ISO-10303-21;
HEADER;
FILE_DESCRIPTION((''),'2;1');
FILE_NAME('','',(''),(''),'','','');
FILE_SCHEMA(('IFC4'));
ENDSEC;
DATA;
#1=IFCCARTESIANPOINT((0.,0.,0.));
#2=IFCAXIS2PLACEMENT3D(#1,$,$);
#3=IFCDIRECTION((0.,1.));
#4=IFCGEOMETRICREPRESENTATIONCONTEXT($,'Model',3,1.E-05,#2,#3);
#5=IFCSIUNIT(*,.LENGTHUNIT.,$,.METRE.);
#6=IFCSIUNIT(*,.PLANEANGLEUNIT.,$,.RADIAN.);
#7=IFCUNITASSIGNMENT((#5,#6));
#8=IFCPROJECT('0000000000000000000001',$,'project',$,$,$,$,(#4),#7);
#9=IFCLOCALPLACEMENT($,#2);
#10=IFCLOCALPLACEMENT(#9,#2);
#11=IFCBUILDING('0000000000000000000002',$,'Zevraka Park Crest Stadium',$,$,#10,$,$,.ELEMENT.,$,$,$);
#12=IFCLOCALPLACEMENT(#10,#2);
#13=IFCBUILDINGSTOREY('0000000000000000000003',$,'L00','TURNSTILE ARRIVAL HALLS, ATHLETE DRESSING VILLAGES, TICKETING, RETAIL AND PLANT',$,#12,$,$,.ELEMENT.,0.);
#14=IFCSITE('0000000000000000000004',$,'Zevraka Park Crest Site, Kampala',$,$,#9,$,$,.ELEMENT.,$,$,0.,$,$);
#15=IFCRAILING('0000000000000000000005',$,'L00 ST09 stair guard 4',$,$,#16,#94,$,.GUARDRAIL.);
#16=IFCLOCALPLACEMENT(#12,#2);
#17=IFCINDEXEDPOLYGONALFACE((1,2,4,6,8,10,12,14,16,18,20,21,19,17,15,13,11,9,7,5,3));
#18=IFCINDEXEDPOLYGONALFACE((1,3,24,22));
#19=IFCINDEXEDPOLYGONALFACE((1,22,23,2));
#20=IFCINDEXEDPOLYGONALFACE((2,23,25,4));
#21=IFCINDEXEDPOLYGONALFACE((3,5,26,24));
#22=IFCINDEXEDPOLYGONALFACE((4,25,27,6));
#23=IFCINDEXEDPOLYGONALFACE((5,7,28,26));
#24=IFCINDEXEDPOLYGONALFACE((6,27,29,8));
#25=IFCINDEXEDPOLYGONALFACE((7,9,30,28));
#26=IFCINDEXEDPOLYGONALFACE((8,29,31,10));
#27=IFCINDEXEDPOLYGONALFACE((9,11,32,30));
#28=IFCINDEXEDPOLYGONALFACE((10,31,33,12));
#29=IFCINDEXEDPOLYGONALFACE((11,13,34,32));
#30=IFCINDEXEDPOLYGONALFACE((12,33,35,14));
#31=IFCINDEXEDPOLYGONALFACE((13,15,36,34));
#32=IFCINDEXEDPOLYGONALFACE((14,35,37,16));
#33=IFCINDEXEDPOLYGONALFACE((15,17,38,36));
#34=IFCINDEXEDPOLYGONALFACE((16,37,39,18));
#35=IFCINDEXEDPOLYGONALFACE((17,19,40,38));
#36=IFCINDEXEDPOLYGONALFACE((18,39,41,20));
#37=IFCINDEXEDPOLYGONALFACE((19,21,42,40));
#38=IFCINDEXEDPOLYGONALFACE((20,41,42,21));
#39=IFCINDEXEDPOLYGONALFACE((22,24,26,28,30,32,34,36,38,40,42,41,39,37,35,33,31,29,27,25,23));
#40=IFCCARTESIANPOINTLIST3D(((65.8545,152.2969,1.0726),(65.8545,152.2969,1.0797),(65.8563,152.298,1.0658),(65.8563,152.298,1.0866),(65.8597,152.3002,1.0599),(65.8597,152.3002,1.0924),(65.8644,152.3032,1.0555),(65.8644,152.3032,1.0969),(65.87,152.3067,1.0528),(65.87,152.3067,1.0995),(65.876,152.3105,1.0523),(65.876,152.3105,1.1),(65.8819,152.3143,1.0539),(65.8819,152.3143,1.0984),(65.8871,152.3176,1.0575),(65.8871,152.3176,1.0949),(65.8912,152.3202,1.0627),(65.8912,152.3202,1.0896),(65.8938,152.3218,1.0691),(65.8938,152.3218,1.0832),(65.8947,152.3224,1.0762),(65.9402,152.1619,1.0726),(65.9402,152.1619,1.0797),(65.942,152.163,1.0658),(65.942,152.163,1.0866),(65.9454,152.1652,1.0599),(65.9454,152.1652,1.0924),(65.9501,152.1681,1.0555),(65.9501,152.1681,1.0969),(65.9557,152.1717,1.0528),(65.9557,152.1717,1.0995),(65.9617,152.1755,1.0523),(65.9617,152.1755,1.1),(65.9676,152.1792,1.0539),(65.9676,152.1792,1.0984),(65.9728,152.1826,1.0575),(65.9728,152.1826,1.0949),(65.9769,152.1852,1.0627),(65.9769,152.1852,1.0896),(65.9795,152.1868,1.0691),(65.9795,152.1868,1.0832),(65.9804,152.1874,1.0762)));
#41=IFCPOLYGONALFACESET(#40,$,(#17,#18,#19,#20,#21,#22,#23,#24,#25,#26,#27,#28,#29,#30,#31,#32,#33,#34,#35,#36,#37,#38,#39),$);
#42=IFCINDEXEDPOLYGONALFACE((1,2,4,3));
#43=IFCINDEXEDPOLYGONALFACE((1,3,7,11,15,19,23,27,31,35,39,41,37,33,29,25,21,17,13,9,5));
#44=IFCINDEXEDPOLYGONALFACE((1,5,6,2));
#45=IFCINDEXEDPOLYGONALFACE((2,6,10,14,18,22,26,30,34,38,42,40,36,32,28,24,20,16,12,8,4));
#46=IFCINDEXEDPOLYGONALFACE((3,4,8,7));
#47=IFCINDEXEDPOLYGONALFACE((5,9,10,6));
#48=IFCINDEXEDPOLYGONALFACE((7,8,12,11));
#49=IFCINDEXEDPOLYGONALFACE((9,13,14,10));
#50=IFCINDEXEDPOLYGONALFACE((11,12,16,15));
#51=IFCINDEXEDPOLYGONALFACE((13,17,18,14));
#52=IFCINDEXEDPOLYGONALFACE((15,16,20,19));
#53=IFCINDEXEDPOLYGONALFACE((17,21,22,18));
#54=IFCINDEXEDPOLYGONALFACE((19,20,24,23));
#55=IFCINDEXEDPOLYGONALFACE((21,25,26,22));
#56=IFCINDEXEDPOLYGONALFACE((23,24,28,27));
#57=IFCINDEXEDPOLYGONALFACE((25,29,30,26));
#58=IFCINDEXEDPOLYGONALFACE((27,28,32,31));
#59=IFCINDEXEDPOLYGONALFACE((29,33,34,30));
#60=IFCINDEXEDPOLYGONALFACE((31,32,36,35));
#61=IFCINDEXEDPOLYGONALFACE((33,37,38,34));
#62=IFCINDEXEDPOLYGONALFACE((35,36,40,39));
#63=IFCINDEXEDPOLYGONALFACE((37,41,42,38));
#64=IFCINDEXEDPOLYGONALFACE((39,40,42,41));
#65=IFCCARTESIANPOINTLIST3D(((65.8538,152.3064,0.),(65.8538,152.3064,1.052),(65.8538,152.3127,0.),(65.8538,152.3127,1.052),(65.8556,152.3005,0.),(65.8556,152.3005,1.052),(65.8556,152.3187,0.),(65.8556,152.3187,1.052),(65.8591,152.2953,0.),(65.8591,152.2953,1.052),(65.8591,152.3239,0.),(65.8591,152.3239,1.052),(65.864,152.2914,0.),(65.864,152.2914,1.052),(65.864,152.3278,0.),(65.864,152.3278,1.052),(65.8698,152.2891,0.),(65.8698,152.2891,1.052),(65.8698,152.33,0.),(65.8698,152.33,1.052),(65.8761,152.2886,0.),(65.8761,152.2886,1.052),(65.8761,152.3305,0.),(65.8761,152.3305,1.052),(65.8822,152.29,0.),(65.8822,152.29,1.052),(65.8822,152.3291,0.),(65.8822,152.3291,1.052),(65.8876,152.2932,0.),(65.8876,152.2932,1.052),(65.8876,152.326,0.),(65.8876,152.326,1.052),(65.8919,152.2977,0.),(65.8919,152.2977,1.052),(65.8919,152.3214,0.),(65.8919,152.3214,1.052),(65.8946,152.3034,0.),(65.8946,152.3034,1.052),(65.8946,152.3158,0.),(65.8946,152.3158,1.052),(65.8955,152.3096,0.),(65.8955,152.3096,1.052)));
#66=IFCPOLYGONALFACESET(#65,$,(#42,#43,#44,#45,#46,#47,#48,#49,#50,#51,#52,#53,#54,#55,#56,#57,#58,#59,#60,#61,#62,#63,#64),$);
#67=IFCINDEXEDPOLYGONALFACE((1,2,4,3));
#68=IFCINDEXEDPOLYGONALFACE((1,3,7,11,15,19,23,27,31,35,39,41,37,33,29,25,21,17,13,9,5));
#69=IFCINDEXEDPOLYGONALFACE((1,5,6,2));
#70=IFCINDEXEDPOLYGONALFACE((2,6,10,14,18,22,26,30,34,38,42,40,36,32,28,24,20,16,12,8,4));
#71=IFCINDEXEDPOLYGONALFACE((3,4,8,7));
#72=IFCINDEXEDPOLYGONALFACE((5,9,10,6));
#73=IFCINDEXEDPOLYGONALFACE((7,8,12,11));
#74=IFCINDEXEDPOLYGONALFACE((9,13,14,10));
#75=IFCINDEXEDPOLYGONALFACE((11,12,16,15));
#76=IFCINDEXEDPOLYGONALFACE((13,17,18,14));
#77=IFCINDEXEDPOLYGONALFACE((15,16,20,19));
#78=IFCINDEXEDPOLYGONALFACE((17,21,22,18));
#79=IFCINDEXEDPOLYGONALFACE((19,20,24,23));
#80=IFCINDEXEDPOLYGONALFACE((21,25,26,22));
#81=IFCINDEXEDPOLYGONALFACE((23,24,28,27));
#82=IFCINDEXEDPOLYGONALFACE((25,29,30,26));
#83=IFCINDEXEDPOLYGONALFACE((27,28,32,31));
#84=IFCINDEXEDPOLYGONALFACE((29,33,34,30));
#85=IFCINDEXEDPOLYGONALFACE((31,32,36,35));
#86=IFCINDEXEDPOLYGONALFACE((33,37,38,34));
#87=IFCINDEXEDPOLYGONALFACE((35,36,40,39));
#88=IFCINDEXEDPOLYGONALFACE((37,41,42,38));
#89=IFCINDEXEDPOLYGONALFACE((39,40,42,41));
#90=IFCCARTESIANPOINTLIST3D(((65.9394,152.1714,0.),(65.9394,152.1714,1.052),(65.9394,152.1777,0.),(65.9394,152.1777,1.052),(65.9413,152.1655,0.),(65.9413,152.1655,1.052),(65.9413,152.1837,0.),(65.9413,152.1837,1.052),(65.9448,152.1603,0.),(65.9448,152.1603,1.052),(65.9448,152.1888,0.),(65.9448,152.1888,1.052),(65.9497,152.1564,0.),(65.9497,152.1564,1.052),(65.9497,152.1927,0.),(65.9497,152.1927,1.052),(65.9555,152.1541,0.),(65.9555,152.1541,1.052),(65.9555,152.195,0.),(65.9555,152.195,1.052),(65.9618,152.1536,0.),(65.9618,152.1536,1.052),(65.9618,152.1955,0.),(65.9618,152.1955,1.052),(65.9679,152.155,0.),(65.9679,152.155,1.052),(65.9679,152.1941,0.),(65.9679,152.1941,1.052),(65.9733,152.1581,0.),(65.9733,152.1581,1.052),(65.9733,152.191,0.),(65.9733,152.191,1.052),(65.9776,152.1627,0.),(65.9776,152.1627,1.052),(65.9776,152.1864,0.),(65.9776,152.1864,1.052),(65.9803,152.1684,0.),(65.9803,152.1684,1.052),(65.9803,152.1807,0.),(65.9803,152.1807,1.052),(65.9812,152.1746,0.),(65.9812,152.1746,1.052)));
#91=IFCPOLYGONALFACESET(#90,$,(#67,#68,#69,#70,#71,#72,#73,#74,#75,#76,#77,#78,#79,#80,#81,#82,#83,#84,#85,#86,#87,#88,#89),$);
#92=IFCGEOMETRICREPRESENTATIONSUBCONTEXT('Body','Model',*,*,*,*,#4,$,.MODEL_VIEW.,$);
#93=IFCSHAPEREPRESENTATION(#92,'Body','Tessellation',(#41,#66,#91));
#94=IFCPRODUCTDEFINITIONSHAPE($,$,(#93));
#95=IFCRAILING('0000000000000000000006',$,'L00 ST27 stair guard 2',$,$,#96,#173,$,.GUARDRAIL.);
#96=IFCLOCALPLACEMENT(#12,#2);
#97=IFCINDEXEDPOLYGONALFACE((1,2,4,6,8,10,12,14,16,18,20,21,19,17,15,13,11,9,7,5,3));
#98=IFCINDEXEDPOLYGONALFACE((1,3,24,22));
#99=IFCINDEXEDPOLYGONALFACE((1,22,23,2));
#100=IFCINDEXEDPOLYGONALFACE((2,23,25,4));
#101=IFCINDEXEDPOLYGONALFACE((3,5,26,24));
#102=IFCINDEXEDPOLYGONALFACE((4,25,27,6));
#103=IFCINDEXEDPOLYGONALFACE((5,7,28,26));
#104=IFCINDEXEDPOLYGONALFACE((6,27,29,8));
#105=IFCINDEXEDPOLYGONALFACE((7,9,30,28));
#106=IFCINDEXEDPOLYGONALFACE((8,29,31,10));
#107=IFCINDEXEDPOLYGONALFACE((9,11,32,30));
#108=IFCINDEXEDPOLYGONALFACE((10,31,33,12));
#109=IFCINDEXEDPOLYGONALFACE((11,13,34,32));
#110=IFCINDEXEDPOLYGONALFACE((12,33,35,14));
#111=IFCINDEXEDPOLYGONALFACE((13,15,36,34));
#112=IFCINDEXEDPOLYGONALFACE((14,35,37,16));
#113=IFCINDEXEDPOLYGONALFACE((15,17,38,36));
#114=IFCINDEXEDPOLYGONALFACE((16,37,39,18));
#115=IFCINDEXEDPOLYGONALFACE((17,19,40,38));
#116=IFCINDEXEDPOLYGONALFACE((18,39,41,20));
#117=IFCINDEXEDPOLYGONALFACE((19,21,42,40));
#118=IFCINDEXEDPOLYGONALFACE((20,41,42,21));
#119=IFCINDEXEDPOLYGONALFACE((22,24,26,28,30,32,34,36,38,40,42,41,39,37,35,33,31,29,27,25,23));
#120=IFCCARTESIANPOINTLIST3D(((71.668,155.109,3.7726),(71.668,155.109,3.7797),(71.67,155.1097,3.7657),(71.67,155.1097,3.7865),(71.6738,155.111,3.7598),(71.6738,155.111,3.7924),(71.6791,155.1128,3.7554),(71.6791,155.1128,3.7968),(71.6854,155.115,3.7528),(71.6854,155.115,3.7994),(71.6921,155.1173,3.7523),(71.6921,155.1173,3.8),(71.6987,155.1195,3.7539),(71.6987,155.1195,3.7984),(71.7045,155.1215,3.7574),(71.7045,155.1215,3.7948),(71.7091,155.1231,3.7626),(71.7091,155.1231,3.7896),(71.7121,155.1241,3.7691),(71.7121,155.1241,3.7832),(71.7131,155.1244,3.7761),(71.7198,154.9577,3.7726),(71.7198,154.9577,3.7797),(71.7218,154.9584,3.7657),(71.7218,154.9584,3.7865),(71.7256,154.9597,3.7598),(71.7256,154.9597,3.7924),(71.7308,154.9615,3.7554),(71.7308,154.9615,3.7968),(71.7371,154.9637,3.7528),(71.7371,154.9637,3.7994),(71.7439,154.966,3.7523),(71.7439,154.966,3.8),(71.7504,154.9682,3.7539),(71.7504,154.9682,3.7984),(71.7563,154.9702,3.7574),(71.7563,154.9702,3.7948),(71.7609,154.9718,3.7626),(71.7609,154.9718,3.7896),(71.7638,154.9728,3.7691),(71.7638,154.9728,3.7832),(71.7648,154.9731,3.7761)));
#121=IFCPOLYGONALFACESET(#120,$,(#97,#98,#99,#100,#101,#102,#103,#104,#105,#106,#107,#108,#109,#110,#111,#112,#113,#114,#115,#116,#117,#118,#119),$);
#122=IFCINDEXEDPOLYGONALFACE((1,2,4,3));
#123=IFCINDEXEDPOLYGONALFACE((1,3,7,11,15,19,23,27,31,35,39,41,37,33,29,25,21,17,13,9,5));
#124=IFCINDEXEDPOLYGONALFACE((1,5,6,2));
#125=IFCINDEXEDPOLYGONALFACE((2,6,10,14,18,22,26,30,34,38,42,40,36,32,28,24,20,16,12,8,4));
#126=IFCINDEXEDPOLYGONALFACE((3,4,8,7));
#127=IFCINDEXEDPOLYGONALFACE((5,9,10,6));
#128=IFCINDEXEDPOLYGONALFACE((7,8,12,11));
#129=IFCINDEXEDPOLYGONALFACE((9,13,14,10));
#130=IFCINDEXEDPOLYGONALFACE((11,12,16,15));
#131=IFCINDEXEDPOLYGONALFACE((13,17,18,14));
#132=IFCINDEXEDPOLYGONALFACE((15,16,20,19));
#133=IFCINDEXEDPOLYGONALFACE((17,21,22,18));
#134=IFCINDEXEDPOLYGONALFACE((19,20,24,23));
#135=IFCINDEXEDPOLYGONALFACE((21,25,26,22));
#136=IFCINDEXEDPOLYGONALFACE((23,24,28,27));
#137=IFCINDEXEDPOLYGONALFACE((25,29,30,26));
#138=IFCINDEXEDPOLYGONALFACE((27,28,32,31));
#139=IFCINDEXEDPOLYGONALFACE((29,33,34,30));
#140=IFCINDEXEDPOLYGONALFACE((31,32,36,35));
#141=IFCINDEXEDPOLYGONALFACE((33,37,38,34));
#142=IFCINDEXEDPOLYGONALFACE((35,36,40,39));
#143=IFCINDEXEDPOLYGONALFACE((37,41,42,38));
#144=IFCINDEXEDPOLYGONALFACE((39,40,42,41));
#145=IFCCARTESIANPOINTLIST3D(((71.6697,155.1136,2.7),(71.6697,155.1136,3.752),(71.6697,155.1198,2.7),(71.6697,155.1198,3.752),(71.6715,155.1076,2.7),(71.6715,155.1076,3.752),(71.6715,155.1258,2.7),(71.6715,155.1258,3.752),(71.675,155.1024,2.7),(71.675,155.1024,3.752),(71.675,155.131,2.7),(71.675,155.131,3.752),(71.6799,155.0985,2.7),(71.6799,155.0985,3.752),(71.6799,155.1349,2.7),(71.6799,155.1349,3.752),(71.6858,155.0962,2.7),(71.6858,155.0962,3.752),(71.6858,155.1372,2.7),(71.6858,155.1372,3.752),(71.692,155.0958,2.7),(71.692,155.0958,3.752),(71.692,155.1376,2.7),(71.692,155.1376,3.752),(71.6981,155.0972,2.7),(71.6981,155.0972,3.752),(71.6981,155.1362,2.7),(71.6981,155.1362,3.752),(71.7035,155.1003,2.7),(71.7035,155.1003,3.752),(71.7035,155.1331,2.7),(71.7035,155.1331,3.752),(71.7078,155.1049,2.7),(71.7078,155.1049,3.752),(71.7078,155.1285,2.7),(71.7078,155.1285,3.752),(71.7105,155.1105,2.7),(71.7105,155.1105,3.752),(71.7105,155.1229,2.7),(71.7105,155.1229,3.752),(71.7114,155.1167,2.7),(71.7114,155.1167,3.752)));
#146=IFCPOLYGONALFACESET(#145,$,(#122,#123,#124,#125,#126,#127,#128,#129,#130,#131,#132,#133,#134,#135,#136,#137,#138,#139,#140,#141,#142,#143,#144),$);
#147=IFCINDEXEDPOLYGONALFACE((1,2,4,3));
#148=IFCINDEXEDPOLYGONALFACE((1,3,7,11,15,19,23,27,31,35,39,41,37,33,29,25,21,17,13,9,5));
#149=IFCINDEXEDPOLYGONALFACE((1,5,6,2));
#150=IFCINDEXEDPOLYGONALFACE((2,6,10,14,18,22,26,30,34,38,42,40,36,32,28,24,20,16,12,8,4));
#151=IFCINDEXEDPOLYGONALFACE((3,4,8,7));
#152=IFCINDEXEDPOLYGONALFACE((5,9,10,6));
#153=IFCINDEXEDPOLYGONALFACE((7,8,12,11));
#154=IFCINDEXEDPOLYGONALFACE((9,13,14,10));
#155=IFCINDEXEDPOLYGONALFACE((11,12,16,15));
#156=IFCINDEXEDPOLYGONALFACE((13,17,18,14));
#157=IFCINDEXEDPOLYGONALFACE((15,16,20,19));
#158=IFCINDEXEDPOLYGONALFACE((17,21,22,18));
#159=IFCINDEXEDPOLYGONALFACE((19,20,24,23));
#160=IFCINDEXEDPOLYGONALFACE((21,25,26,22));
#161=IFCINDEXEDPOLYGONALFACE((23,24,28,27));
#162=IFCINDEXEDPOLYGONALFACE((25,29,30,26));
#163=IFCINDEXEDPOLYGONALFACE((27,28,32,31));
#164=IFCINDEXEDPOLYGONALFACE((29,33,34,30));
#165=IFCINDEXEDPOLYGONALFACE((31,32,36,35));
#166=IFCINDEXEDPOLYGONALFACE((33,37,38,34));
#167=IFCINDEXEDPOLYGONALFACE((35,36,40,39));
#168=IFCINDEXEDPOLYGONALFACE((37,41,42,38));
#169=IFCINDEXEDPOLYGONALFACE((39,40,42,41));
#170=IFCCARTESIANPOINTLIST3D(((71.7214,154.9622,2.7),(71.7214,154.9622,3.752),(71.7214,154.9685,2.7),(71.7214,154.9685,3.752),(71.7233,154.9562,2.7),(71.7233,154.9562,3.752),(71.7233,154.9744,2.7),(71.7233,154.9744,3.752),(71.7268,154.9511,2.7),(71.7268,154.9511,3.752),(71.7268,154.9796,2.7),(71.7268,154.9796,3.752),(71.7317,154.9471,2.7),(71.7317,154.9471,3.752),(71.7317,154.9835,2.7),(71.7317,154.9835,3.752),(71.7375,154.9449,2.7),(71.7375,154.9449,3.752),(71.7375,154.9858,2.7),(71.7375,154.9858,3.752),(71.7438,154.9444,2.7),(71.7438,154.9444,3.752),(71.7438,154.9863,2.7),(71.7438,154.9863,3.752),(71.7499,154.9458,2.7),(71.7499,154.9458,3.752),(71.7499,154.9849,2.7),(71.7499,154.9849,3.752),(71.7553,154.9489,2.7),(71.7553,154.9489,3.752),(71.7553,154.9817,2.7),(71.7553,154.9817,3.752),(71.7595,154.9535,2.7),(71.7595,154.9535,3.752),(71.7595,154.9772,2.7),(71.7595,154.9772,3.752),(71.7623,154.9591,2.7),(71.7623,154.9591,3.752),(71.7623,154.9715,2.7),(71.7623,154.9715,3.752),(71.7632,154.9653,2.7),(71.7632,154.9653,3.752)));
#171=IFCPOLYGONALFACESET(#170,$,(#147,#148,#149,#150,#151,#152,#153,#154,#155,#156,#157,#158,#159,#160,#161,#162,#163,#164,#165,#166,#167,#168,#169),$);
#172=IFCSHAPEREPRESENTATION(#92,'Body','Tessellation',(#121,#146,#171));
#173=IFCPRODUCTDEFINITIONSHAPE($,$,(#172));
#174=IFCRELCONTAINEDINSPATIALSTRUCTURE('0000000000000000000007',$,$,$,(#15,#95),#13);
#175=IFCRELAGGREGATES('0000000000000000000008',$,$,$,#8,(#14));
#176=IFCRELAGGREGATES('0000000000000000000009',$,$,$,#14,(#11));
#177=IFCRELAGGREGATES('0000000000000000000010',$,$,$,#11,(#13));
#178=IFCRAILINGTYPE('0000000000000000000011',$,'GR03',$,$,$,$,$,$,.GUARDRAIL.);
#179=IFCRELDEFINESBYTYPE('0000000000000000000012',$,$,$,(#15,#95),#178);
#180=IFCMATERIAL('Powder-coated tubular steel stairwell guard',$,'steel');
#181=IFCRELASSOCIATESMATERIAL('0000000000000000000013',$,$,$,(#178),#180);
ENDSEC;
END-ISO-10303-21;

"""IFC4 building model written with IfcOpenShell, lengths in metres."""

from ifc_helpers import new_model, si_unit, direction, frame, origin, origin_2d, place, context, subcontext, project, spatial, circle, extrude, material, type_object, element, save


model = new_model("IFC4")

# Units and contexts
model_context = context("Model", 3, precision=1e-05, world=origin(), true_north=direction((0.0, 1.0)))
body_context = subcontext(model_context, "Body", "Model", "MODEL_VIEW")
ifc_project = project(units=[si_unit("LENGTHUNIT", "METRE"), si_unit("PLANEANGLEUNIT", "RADIAN")], contexts=[model_context])

# Site, building, storey
site_placement = place(None, origin())
site = spatial("IfcSite", under=ifc_project, at=site_placement, Name="Zevraka Park Crest Site, Kampala", CompositionType="ELEMENT", RefElevation=0.0)
building_placement = place(site_placement, origin())
building = spatial("IfcBuilding", under=site, at=building_placement, Name="Zevraka Park Crest Stadium", CompositionType="ELEMENT")
storey_placement = place(building_placement, origin())
storey = spatial("IfcBuildingStorey", under=building, at=storey_placement, Name="L00", Description="TURNSTILE ARRIVAL HALLS, ATHLETE DRESSING VILLAGES, TICKETING, RETAIL AND PLANT", CompositionType="ELEMENT", Elevation=0.0)

# Railings
ifc_material_1 = material(Name="Powder-coated tubular steel stairwell guard", Category="steel")
railing_type_1 = type_object("IfcRailingType", Name="GR03", PredefinedType="GUARDRAIL", material=ifc_material_1)
railing_1_placement = place(storey_placement, frame((65.8745, 152.3096, 0.0)))
element("IfcRailing", 1, at=railing_1_placement, inside=storey, type_object=railing_type_1, Name="L00 ST09 stair guard 4", PredefinedType="GUARDRAIL", context=body_context, shape_type="SweptSolid", body=[
    extrude(circle(Radius=0.0239, at=origin_2d()), frame((0.0, 0.0, 1.0762), z_axis=(0.535887, -0.84429, 0.0), x_axis=(0.84429, 0.535887, 0.0)), (0.0, 0.0, 1.0), 0.1599),
    extrude(circle(Radius=0.021, at=origin_2d()), origin(), (0.0, 0.0, 1.0), 1.052),
    extrude(circle(Radius=0.021, at=origin_2d()), frame((0.0857, -0.135, 0.0)), (0.0, 0.0, 1.0), 1.052),
])
railing_2_placement = place(storey_placement, frame((71.6904, 155.1167, 2.7)))
element("IfcRailing", 2, at=railing_2_placement, inside=storey, type_object=railing_type_1, Name="L00 ST27 stair guard 2", PredefinedType="GUARDRAIL", context=body_context, shape_type="SweptSolid", body=[
    extrude(circle(Radius=0.0239, at=origin_2d()), frame((0.0, 0.0, 1.0762), z_axis=(0.323544, -0.946213, 0.0), x_axis=(0.946213, 0.323544, 0.0)), (0.0, 0.0, 1.0), 0.1599),
    extrude(circle(Radius=0.021, at=origin_2d()), origin(), (0.0, 0.0, 1.0), 1.052),
    extrude(circle(Radius=0.021, at=origin_2d()), frame((0.0518, -0.1514, 0.0)), (0.0, 0.0, 1.0), 1.052),
])

save(model, "model.ifc")
